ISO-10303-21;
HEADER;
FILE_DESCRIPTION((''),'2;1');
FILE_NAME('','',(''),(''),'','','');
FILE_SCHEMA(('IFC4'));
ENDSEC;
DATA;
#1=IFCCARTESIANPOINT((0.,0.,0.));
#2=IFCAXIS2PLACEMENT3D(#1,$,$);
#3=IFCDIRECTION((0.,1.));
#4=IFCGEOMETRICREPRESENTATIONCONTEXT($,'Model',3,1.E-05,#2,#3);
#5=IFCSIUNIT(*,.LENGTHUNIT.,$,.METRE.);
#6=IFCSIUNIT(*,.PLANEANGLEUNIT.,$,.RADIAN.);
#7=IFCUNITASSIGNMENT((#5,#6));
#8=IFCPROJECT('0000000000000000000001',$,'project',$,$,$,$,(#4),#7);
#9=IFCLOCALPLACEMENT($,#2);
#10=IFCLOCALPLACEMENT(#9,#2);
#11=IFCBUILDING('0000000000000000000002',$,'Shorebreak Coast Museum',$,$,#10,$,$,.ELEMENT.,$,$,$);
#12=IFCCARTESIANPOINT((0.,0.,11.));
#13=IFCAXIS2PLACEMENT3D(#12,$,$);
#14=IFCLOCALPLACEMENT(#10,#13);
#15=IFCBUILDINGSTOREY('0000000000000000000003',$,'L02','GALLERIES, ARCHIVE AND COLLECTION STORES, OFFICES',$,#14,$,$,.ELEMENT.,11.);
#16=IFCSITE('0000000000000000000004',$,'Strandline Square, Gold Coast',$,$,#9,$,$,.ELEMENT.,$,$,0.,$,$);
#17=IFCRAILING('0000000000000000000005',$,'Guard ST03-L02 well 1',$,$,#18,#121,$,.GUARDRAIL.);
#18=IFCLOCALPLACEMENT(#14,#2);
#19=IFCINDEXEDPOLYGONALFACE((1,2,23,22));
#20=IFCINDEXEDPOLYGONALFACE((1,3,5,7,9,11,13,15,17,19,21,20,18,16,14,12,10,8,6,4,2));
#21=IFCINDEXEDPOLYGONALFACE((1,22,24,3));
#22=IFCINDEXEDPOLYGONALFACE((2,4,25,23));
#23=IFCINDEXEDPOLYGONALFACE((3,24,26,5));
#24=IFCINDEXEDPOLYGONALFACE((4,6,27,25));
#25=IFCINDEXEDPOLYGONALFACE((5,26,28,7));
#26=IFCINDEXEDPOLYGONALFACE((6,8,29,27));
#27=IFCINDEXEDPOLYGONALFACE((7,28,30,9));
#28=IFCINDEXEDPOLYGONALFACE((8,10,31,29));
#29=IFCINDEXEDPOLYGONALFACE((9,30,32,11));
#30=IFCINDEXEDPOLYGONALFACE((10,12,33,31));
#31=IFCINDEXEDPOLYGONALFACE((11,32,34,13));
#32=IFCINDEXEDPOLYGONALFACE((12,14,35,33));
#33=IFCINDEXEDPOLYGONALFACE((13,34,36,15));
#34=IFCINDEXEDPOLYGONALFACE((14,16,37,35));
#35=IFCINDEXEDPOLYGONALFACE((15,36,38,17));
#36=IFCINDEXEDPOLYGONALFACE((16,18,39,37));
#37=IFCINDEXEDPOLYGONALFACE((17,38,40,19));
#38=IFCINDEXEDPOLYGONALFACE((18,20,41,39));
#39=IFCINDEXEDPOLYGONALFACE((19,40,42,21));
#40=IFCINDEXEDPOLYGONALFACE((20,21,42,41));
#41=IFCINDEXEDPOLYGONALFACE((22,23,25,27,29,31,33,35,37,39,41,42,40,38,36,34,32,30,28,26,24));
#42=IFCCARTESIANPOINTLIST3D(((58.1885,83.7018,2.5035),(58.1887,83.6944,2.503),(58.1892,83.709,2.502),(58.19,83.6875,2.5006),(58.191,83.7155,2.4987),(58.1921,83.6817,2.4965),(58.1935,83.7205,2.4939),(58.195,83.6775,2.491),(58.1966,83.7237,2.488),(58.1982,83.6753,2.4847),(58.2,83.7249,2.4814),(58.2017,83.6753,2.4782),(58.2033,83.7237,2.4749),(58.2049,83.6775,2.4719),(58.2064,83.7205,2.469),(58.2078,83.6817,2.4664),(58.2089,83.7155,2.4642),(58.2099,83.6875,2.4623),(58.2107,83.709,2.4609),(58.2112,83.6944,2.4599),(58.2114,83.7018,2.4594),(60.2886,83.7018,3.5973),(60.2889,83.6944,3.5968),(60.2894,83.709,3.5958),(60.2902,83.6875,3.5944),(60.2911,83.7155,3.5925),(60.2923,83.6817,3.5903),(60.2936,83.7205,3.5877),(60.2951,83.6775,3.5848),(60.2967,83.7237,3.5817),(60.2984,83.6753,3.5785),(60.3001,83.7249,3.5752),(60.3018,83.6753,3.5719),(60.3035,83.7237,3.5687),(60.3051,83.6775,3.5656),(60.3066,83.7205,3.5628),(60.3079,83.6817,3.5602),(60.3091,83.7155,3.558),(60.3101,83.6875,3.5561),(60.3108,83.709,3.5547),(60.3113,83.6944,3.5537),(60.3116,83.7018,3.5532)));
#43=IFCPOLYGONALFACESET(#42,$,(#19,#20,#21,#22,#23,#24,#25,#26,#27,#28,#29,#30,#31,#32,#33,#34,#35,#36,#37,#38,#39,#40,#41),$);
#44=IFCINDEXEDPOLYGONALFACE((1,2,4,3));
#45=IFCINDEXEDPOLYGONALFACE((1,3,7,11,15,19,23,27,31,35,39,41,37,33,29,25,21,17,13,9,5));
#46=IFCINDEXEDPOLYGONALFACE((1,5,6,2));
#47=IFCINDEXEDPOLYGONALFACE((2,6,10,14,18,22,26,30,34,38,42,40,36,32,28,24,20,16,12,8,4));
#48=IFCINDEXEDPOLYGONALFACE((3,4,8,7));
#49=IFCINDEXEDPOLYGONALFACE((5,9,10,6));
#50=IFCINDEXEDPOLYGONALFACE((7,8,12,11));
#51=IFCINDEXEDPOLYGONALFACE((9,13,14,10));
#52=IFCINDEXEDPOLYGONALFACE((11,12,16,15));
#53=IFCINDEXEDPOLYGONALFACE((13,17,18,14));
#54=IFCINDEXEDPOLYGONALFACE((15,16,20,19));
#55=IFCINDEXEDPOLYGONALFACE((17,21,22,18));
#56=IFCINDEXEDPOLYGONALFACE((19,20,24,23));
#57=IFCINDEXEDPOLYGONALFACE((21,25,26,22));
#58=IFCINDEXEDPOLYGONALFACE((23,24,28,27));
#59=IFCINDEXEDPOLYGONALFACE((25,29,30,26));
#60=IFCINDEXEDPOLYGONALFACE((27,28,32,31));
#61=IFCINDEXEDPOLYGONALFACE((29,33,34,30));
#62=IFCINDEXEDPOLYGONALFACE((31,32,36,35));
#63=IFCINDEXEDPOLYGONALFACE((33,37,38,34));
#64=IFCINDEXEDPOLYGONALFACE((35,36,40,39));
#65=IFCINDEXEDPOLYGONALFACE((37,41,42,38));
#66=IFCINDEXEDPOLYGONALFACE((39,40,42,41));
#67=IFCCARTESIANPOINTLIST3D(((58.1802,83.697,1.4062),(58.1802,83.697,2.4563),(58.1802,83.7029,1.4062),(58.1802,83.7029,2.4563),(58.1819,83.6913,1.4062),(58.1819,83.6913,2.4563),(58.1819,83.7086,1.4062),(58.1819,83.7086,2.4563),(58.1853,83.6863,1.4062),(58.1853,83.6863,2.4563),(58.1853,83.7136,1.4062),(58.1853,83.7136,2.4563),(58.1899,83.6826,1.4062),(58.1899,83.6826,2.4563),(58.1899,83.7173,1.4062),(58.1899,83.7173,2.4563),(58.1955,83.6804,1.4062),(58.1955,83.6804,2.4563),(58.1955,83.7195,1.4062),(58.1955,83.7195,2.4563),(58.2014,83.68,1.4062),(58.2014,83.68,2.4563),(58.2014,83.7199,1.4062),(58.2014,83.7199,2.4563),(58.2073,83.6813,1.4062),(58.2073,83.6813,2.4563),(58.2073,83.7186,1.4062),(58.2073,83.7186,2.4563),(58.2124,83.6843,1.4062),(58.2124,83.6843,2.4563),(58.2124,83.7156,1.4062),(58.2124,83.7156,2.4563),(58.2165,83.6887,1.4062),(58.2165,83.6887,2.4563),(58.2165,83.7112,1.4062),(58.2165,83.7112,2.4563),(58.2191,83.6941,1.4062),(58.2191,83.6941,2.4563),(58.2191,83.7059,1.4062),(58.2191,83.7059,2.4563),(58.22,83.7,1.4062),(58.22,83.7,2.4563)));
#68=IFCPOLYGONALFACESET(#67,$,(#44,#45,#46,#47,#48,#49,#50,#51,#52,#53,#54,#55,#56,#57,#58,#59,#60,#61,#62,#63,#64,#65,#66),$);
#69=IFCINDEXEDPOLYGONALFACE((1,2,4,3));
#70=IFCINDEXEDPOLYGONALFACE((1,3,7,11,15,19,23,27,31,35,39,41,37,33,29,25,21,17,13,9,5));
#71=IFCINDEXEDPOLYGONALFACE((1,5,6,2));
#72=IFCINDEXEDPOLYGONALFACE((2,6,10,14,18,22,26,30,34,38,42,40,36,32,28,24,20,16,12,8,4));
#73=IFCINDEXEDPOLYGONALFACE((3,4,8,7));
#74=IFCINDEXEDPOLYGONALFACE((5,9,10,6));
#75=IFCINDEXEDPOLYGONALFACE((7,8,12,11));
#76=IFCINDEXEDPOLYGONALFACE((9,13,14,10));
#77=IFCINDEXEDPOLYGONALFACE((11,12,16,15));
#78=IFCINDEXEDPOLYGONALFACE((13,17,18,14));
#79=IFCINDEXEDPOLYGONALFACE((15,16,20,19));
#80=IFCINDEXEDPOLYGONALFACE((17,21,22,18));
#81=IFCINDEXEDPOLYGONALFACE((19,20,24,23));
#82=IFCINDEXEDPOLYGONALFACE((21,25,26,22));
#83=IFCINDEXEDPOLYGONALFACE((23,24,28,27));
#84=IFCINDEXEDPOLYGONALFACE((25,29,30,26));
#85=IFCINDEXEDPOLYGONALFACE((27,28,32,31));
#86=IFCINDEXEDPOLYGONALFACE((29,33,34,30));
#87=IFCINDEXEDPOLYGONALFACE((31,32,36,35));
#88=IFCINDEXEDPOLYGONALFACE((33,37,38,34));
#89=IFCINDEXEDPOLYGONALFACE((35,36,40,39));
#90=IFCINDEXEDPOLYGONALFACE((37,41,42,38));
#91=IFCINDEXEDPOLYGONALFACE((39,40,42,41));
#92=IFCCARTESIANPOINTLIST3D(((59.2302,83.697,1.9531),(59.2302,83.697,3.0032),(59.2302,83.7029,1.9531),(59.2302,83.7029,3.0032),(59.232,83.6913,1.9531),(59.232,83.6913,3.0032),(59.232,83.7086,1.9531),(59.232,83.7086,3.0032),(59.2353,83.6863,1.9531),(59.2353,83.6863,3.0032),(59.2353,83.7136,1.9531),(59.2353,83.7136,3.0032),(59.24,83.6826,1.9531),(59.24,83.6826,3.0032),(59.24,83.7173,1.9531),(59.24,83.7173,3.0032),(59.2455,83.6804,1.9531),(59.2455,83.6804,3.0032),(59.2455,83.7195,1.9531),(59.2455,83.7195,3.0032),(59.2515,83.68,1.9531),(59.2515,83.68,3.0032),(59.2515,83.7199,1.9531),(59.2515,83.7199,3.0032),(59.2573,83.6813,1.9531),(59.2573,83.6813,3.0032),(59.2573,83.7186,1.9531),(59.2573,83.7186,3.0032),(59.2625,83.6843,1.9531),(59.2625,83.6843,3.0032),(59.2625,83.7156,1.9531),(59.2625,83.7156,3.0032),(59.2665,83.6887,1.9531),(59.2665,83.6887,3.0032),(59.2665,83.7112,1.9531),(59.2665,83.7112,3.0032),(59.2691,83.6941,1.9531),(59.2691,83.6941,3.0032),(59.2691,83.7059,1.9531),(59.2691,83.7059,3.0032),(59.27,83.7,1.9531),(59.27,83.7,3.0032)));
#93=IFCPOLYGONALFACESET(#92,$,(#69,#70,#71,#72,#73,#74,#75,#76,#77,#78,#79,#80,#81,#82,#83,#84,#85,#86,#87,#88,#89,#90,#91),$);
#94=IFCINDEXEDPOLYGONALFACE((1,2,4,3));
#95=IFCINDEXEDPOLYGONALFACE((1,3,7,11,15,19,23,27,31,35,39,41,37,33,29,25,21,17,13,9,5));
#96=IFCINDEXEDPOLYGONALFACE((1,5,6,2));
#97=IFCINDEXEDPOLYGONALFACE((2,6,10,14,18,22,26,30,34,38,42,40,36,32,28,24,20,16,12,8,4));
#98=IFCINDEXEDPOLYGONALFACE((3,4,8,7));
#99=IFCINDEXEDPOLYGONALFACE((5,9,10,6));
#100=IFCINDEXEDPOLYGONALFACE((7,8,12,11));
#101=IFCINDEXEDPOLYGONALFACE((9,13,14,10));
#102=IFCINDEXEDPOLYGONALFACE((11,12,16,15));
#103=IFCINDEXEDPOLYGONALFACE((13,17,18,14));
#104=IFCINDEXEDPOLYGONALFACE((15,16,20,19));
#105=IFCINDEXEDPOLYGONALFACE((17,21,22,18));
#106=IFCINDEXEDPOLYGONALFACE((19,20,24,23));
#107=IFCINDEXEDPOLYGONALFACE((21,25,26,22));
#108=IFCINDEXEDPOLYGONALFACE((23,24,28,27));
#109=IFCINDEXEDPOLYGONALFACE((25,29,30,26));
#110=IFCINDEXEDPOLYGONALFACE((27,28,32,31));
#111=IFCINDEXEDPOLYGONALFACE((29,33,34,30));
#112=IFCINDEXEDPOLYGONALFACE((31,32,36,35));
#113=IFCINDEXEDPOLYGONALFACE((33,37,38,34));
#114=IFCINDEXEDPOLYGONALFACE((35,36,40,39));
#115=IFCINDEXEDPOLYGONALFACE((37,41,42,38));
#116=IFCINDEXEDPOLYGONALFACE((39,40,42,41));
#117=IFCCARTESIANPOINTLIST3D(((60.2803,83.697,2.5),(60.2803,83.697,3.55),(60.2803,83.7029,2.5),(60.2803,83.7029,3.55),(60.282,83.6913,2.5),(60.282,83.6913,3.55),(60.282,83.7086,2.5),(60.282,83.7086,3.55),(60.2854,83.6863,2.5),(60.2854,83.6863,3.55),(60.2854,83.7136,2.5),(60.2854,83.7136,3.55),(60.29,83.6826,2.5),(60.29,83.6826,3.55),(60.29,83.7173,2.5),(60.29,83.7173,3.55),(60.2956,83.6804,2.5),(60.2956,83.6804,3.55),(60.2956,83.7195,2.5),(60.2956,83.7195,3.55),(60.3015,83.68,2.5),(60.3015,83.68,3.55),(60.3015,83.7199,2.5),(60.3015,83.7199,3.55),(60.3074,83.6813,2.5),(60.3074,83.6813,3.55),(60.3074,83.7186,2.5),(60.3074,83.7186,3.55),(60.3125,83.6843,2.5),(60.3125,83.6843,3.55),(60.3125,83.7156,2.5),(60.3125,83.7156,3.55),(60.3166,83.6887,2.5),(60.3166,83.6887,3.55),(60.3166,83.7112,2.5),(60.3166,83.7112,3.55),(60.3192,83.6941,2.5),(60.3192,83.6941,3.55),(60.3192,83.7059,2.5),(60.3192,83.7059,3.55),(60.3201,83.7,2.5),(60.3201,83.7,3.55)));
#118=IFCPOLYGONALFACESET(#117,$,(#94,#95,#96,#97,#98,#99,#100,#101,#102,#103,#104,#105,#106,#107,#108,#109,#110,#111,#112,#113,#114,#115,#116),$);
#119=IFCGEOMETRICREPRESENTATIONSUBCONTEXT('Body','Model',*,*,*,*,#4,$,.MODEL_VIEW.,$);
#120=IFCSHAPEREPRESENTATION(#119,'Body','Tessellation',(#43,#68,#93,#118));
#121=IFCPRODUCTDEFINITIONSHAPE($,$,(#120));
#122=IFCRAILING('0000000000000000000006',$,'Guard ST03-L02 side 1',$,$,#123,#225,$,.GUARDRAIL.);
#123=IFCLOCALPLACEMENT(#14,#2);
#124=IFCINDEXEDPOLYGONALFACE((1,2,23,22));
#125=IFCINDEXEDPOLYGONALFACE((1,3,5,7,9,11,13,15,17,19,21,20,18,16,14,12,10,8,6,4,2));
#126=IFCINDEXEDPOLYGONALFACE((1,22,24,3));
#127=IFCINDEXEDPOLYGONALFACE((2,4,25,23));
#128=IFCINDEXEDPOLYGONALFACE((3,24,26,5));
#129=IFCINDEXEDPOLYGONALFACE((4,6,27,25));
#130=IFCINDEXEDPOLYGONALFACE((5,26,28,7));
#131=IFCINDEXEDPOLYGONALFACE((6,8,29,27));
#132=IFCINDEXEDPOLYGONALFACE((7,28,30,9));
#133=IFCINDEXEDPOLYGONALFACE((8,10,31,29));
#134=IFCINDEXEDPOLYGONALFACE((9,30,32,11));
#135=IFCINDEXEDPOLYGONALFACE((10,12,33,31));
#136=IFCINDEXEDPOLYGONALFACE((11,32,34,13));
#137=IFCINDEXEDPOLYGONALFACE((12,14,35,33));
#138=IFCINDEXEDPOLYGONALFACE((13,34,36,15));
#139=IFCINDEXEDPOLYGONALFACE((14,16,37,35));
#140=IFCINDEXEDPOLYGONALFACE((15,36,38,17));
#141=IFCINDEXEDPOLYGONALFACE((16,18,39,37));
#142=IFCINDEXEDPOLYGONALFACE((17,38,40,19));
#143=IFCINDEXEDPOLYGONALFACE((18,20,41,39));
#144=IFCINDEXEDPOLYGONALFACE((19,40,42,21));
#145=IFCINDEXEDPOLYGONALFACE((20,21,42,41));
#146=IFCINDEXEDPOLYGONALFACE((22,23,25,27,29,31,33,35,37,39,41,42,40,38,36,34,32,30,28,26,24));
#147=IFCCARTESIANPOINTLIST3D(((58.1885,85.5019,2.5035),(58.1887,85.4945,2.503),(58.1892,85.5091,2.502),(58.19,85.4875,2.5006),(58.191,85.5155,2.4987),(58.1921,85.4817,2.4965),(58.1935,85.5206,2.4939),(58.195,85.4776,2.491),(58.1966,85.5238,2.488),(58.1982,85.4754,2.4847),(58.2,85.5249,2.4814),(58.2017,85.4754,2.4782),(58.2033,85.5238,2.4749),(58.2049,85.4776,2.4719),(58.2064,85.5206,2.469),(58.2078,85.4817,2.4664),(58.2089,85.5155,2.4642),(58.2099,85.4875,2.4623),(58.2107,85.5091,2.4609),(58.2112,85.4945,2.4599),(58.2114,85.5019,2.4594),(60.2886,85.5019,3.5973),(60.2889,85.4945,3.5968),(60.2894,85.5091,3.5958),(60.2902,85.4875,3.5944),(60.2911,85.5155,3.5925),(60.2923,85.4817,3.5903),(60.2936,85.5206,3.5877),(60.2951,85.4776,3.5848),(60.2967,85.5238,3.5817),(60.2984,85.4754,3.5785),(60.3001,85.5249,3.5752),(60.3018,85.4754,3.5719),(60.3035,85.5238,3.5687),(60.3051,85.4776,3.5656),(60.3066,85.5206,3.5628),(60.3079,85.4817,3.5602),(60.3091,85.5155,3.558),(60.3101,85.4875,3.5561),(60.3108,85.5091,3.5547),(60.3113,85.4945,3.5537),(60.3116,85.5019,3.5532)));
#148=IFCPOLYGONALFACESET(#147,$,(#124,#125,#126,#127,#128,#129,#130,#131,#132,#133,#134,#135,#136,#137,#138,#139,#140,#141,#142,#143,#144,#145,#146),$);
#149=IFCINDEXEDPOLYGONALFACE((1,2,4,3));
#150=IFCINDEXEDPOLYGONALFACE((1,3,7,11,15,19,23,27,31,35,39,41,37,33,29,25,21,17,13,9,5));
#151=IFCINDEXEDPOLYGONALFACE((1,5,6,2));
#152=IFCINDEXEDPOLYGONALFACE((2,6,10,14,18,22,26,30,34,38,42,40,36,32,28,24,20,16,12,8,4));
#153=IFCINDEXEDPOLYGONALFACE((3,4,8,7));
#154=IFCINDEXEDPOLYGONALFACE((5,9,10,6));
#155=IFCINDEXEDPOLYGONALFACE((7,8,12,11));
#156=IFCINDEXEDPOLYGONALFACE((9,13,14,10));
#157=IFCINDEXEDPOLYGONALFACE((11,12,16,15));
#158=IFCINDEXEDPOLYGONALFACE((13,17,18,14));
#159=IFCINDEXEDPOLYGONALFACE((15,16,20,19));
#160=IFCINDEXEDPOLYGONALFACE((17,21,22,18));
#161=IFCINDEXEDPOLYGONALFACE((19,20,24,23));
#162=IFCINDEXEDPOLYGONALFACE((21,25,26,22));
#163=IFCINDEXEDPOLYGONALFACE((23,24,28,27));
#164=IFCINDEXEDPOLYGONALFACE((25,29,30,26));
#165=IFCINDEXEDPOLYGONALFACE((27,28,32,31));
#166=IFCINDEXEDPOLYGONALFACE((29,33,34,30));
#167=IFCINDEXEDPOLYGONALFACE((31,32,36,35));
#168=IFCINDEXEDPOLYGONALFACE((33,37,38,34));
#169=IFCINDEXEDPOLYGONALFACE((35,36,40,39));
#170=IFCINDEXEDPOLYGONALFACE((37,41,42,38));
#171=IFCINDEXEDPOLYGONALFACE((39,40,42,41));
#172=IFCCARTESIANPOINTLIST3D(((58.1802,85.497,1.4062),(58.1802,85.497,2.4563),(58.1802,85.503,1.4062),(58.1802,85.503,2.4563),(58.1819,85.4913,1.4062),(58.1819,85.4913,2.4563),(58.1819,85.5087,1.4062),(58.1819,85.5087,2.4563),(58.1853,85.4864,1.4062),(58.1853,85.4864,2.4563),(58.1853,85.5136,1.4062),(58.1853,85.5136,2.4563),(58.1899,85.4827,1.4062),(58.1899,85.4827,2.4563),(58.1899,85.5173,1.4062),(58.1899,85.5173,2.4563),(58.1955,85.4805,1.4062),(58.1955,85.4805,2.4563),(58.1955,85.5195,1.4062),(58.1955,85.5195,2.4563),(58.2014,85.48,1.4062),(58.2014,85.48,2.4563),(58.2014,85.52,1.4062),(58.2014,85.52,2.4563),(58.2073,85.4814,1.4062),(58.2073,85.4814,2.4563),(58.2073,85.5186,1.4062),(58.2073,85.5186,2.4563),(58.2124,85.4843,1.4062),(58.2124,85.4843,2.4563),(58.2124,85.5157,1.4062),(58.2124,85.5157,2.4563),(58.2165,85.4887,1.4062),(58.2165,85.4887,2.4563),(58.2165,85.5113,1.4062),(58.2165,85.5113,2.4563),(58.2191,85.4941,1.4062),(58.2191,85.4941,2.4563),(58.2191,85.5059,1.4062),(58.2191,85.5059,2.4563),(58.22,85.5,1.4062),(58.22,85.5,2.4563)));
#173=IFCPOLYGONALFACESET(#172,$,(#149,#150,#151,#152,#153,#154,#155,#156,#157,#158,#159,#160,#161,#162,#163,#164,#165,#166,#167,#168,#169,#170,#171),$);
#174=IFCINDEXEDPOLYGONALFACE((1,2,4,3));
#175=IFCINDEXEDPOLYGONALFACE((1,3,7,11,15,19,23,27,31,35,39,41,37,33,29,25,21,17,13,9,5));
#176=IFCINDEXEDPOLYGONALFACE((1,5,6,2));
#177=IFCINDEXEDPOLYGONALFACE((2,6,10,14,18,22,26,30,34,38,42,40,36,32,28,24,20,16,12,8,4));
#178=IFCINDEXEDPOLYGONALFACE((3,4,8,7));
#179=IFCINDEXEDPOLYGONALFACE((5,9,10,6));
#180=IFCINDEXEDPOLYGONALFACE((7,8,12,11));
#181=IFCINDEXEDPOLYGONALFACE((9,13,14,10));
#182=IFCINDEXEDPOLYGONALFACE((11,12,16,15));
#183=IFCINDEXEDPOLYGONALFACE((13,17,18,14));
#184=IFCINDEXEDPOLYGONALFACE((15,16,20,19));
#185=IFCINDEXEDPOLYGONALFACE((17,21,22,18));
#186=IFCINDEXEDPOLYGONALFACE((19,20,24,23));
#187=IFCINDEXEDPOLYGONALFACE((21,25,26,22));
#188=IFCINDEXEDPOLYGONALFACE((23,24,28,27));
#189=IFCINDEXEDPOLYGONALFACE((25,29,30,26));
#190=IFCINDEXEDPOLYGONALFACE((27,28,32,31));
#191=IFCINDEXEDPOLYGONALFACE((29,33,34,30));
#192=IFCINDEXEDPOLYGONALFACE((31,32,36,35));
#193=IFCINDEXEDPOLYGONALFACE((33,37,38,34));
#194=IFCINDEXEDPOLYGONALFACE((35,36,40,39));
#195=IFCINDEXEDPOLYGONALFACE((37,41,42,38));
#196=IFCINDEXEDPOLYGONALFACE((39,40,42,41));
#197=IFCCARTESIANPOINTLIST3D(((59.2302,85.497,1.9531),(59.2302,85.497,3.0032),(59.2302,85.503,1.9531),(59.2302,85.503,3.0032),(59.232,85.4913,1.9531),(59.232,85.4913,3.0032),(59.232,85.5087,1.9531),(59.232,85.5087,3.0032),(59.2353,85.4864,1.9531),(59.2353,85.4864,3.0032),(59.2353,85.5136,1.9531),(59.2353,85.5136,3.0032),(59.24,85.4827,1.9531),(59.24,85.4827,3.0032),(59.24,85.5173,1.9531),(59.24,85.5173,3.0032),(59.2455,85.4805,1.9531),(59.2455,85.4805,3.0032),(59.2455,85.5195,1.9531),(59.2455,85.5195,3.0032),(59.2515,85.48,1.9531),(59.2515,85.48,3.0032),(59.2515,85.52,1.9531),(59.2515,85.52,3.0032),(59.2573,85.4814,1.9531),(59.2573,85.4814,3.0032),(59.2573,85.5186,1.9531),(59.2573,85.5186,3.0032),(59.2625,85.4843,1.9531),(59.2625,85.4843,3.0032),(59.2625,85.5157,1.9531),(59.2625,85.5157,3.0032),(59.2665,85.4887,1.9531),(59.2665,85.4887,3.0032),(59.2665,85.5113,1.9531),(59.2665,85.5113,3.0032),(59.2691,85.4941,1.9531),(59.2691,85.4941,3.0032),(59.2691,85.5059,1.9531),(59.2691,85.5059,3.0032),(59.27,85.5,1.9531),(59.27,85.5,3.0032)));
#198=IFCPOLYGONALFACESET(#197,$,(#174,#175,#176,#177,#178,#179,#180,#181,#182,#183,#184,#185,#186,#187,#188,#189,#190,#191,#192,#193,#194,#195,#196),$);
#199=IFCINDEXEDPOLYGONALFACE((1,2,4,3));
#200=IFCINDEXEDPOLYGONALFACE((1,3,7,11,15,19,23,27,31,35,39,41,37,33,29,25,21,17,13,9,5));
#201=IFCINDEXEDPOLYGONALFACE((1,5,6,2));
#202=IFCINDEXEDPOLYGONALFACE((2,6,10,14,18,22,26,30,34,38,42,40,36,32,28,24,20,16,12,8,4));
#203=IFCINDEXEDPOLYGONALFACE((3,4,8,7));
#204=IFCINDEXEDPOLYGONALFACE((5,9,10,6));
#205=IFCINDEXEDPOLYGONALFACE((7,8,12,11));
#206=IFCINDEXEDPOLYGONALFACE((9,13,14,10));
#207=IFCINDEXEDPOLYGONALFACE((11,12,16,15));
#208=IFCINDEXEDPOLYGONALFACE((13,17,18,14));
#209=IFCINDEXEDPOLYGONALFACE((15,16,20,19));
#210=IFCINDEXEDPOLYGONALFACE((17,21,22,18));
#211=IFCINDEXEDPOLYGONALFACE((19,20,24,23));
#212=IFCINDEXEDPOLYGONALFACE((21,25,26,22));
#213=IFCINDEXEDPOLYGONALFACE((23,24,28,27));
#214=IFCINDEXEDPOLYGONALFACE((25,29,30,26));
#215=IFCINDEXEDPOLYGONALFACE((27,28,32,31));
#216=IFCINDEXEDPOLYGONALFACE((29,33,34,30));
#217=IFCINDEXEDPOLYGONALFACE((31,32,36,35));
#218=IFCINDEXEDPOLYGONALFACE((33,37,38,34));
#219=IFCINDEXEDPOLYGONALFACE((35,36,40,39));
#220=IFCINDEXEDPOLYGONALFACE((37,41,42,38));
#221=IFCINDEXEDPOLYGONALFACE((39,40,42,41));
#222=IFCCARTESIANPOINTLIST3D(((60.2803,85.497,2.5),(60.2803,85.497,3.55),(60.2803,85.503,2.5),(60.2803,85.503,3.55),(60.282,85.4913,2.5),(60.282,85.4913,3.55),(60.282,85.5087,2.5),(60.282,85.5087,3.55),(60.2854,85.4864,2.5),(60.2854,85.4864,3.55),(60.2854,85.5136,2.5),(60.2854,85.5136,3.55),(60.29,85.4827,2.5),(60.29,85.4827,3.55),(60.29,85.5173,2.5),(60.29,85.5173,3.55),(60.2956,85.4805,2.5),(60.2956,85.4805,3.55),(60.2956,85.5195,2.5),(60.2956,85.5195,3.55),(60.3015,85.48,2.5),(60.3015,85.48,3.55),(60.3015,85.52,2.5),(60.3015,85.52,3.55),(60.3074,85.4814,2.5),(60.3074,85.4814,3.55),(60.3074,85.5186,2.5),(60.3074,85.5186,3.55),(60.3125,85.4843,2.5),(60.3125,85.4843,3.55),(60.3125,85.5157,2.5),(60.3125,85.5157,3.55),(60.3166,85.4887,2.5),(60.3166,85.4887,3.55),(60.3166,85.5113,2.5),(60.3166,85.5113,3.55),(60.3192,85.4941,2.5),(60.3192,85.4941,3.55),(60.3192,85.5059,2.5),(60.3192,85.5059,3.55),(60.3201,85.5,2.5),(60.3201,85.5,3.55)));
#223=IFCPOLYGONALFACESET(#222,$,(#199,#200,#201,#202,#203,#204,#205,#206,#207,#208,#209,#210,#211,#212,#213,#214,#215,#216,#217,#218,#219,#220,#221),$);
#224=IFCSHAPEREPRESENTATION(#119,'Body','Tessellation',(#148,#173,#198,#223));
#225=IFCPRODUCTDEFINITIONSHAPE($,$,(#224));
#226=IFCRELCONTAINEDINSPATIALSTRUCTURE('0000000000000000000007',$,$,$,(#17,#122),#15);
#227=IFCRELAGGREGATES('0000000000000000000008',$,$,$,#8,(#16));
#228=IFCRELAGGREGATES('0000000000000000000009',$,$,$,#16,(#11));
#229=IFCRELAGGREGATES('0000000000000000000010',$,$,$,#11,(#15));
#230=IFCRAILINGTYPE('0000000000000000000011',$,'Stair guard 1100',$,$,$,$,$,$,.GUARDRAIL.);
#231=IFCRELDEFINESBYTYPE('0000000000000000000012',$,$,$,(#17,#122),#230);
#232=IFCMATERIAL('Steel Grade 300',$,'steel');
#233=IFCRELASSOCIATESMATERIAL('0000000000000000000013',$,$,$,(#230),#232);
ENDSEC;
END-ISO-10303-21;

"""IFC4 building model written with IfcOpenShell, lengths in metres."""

from ifc_helpers import new_model, si_unit, direction, frame, origin, origin_2d, place, context, subcontext, project, spatial, circle, extrude, material, type_object, element, save


model = new_model("IFC4")

# Units and contexts
model_context = context("Model", 3, precision=1e-05, world=origin(), true_north=direction((0.0, 1.0)))
body_context = subcontext(model_context, "Body", "Model", "MODEL_VIEW")
ifc_project = project(units=[si_unit("LENGTHUNIT", "METRE"), si_unit("PLANEANGLEUNIT", "RADIAN")], contexts=[model_context])

# Site, building, storey
site_placement = place(None, origin())
site = spatial("IfcSite", under=ifc_project, at=site_placement, Name="Strandline Square, Gold Coast", CompositionType="ELEMENT", RefElevation=0.0)
building_placement = place(site_placement, origin())
building = spatial("IfcBuilding", under=site, at=building_placement, Name="Shorebreak Coast Museum", CompositionType="ELEMENT")
storey_placement = place(building_placement, frame((0.0, 0.0, 11.0)))
storey = spatial("IfcBuildingStorey", under=building, at=storey_placement, Name="L02", Description="GALLERIES, ARCHIVE AND COLLECTION STORES, OFFICES", CompositionType="ELEMENT", Elevation=11.0)

# Railings
ifc_material_1 = material(Name="Steel Grade 300", Category="steel")
railing_type_1 = type_object("IfcRailingType", Name="Stair guard 1100", PredefinedType="GUARDRAIL", material=ifc_material_1)
for number, where, name in (
    (1, (58.2, 83.7, 1.4062), "Guard ST03-L02 well 1"),
    (2, (58.2, 85.5, 1.4062), "Guard ST03-L02 side 1"),
):
    element("IfcRailing", number, at=place(storey_placement, frame(where)), inside=storey, type_object=railing_type_1, Name=name, PredefinedType="GUARDRAIL", context=body_context, shape_type="SweptSolid", body=[
        extrude(circle(Radius=0.0249, at=origin_2d()), frame((0.0, 0.0, 1.0752), z_axis=(0.886923, 0.0, 0.461918), x_axis=(0.0, 1.0, 0.0)), (0.0, 0.0, 1.0), 2.3679),
        extrude(circle(Radius=0.02, at=origin_2d()), origin(), (0.0, 0.0, 1.0), 1.05),
        extrude(circle(Radius=0.02, at=origin_2d()), frame((1.05, 0.0, 0.5469)), (0.0, 0.0, 1.0), 1.05),
        extrude(circle(Radius=0.02, at=origin_2d()), frame((2.1001, 0.0, 1.0938)), (0.0, 0.0, 1.0), 1.05),
    ])

save(model, "model.ifc")
